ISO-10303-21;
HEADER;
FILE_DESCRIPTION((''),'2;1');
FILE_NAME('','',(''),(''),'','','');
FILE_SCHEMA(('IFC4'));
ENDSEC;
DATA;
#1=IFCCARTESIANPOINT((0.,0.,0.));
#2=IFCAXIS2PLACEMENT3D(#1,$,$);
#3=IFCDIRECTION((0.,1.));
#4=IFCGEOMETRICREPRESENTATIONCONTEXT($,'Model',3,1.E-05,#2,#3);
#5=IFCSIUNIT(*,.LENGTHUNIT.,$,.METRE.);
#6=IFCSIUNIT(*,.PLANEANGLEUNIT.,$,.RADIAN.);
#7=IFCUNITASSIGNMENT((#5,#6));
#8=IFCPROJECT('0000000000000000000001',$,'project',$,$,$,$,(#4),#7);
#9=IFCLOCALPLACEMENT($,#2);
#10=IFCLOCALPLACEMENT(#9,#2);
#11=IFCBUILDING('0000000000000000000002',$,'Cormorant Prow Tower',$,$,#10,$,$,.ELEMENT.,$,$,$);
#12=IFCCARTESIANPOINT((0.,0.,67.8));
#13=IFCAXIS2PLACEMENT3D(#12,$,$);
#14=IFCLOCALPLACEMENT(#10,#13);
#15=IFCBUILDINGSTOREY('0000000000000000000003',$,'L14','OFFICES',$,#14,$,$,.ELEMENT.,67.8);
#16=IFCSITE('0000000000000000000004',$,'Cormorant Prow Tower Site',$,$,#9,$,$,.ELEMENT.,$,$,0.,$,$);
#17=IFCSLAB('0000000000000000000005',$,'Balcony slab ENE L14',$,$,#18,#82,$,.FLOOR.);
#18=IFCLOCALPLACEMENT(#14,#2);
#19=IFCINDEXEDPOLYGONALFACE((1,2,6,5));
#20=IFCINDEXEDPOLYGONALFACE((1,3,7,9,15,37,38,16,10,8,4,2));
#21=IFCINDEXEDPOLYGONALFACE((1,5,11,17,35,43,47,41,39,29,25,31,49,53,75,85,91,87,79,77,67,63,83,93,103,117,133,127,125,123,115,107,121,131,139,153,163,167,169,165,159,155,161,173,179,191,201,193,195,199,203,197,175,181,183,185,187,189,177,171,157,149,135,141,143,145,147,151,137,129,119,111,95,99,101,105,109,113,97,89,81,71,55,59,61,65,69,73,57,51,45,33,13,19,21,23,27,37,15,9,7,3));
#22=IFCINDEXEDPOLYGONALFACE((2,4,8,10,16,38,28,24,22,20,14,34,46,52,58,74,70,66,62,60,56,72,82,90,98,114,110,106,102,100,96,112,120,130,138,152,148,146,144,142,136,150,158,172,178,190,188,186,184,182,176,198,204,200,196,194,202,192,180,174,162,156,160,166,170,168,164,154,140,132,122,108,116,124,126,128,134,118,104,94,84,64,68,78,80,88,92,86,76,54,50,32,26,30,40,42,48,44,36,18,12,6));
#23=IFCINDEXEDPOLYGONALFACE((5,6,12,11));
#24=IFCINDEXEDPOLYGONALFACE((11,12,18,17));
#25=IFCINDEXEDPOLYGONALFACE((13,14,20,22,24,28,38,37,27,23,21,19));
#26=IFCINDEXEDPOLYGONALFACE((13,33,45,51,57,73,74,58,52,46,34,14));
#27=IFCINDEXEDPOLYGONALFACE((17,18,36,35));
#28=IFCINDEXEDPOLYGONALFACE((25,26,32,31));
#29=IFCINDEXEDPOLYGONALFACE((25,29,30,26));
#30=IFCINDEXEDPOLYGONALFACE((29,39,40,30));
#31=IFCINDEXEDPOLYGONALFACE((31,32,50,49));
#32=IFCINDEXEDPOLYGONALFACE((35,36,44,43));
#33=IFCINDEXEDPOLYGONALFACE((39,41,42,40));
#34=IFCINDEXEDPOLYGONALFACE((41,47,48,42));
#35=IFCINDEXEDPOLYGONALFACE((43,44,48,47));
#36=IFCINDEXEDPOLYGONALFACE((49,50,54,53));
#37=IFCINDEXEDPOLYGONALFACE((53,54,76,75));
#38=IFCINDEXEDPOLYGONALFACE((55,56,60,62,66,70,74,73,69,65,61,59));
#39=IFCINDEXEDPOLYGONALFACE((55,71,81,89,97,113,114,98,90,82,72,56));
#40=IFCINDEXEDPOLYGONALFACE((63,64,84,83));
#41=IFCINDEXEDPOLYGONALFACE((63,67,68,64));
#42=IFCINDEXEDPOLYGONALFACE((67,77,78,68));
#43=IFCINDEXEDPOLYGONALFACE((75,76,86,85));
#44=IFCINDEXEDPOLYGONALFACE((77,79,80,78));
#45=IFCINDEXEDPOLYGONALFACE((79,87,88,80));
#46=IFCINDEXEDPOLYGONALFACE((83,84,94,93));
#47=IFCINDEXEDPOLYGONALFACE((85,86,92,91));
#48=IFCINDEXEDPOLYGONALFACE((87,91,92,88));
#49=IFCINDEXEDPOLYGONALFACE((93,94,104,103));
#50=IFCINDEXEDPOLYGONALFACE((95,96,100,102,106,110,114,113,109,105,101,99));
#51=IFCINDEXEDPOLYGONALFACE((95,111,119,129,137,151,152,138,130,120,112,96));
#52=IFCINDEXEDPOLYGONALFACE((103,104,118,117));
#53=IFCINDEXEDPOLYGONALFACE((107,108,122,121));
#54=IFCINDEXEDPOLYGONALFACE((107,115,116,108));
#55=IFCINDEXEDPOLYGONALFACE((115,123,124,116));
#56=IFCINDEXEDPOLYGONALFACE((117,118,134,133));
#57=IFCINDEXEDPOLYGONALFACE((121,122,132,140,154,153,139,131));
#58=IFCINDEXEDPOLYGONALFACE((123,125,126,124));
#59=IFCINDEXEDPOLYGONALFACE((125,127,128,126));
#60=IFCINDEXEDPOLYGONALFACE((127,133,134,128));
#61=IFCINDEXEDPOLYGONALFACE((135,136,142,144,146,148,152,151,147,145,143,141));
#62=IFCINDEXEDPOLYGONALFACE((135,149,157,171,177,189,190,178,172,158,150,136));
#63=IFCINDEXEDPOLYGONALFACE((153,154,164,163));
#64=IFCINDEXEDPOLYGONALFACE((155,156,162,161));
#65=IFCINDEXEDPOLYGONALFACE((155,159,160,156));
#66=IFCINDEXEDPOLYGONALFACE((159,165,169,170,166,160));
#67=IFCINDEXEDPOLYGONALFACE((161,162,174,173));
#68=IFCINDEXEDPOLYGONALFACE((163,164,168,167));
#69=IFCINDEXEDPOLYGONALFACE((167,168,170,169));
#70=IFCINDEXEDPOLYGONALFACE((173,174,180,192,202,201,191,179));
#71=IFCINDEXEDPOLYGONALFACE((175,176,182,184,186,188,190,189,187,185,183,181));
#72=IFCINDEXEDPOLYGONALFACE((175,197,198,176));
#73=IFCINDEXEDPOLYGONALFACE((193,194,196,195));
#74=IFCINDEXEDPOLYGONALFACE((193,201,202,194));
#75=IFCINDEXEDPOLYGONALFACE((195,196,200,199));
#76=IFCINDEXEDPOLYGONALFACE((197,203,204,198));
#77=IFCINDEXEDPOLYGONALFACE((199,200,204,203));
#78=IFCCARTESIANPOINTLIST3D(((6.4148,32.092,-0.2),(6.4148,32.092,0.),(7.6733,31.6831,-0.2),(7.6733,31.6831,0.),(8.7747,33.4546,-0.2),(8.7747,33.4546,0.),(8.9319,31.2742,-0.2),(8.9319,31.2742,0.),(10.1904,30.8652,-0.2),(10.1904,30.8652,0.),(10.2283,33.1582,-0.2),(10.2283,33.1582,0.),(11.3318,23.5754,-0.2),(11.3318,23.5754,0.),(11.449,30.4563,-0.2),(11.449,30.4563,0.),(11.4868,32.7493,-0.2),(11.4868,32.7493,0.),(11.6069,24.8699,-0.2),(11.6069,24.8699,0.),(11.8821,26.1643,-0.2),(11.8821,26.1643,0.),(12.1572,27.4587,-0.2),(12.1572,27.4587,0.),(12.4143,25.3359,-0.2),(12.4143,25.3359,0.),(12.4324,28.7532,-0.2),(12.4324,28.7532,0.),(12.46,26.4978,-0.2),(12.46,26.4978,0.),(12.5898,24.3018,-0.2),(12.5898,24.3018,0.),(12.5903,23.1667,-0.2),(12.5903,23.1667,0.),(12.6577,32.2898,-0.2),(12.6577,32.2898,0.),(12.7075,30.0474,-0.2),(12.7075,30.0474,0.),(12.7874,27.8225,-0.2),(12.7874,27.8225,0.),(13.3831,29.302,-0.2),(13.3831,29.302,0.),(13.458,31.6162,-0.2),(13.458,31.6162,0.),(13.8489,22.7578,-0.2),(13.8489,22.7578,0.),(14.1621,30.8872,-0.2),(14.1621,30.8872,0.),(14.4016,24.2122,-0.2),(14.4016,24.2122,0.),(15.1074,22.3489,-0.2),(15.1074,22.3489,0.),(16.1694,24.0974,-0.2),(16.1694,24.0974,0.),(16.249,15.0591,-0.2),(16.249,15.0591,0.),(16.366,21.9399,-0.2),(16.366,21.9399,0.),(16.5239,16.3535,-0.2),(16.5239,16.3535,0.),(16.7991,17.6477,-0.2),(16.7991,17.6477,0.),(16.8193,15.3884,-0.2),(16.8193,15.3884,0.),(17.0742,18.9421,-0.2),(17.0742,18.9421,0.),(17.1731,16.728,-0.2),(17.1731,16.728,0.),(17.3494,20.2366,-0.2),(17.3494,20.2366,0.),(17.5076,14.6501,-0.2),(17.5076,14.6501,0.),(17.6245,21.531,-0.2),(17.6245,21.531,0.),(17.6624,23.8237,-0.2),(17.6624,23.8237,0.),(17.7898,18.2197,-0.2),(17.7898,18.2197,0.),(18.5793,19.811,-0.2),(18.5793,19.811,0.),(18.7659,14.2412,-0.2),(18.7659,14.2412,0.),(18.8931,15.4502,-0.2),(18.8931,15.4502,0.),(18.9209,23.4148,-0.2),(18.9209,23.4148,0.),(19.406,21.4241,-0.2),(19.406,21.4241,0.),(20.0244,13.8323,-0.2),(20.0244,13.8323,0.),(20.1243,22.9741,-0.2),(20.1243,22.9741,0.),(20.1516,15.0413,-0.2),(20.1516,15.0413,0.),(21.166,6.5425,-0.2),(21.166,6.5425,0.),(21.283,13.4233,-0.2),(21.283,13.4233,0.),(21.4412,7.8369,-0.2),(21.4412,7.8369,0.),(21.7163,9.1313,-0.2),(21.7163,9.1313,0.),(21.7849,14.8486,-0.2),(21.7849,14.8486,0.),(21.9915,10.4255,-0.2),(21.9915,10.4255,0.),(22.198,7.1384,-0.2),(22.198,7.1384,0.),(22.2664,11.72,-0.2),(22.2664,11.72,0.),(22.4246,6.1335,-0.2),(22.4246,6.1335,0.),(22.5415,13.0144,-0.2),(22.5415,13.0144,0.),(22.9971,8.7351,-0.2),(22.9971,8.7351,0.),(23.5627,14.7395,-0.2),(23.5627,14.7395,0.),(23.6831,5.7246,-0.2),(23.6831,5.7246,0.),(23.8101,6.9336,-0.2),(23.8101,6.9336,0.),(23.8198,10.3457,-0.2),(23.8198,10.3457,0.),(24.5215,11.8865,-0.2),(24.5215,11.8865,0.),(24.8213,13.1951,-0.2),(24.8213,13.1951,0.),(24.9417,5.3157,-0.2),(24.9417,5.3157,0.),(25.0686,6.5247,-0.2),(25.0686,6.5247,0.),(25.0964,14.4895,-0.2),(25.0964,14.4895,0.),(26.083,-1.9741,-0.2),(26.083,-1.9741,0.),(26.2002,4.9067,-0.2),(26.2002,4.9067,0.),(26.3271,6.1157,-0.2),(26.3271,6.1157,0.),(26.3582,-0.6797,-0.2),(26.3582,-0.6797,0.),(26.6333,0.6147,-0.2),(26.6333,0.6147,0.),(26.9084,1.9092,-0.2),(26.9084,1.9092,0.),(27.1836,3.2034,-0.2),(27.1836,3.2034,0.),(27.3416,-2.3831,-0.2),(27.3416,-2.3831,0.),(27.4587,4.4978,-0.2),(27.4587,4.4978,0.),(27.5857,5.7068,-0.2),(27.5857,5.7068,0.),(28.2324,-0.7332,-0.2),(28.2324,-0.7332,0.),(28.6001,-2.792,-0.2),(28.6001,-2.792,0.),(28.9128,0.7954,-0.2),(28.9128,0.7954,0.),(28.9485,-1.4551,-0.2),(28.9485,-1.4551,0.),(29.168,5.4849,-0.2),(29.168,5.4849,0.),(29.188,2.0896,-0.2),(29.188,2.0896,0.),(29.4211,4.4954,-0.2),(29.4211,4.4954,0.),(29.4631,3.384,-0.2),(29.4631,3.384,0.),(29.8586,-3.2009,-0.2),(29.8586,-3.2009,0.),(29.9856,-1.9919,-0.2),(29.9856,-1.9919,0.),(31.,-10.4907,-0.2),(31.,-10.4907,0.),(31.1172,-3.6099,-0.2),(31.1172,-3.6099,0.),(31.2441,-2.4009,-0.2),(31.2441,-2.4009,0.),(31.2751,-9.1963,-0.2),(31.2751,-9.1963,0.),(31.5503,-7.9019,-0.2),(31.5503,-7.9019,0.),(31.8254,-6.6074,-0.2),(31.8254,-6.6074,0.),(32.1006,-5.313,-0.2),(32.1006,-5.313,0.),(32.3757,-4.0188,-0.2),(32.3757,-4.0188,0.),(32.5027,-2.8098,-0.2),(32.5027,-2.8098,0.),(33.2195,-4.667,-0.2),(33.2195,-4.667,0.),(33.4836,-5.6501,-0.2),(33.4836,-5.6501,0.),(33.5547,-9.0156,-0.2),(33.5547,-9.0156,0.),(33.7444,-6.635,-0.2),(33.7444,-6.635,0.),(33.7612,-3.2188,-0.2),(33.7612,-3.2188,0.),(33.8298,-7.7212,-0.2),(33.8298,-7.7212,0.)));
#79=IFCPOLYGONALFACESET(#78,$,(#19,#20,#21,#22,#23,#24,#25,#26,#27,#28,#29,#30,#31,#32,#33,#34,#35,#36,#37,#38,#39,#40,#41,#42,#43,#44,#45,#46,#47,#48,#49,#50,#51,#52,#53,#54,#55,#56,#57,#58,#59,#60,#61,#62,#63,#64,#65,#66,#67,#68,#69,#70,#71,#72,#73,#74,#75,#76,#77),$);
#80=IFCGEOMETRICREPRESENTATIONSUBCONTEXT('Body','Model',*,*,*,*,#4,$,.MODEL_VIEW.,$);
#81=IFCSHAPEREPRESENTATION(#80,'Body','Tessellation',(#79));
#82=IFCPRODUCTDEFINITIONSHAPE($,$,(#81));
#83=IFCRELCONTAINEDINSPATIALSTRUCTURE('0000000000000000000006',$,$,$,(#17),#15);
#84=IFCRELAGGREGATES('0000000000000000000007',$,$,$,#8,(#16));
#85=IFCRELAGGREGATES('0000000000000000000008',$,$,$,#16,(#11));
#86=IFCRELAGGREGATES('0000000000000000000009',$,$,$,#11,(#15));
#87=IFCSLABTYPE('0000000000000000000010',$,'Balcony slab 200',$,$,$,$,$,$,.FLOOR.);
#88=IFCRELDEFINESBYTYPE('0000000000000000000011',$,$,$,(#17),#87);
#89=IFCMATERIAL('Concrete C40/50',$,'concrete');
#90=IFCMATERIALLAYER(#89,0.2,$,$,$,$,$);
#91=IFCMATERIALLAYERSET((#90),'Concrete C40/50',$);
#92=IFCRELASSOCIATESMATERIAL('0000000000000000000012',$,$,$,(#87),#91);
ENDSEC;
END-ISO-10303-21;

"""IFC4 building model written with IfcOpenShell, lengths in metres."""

from ifc_helpers import new_model, si_unit, direction, frame, origin, place, context, subcontext, project, spatial, polyline, outline, extrude, material, layer, layer_set, type_object, element, save


model = new_model("IFC4")

# Units and contexts
model_context = context("Model", 3, precision=1e-05, world=origin(), true_north=direction((0.0, 1.0)))
body_context = subcontext(model_context, "Body", "Model", "MODEL_VIEW")
ifc_project = project(units=[si_unit("LENGTHUNIT", "METRE"), si_unit("PLANEANGLEUNIT", "RADIAN")], contexts=[model_context])

# Site, building, storey
site_placement = place(None, origin())
site = spatial("IfcSite", under=ifc_project, at=site_placement, Name="Cormorant Prow Tower Site", CompositionType="ELEMENT", RefElevation=0.0)
building_placement = place(site_placement, origin())
building = spatial("IfcBuilding", under=site, at=building_placement, Name="Cormorant Prow Tower", CompositionType="ELEMENT")
storey_placement = place(building_placement, frame((0.0, 0.0, 67.8)))
storey = spatial("IfcBuildingStorey", under=building, at=storey_placement, Name="L14", Description="OFFICES", CompositionType="ELEMENT", Elevation=67.8)

# Slab
ifc_material_1 = material(Name="Concrete C40/50", Category="concrete")
ifc_layer_1 = layer(ifc_material_1, 0.2)
ifc_layer_set_1 = layer_set([ifc_layer_1], Name="Concrete C40/50")
slab_type_1 = type_object("IfcSlabType", Name="Balcony slab 200", PredefinedType="FLOOR", material=ifc_layer_set_1)
slab_1_placement = place(storey_placement, frame((0.0, 0.0, -0.2)))
element("IfcSlab", 1, at=slab_1_placement, inside=storey, type_object=slab_type_1, Name="Balcony slab ENE L14", PredefinedType="FLOOR", context=body_context, shape_type="SweptSolid", body=[
    extrude(outline(polyline([(31.0, -10.4907), (33.5547, -9.0156), (33.8298, -7.7212), (33.7444, -6.635), (33.4836, -5.6501), (33.2195, -4.667), (33.7612, -3.2188), (32.5027, -2.8098), (31.2441, -2.4009), (29.9856, -1.9919), (28.9485, -1.4551), (28.2324, -0.7332), (28.9128, 0.7954), (29.188, 2.0896), (29.4631, 3.384), (29.4211, 4.4954), (29.168, 5.4849), (27.5857, 5.7068), (26.3271, 6.1157), (25.0686, 6.5247), (23.8101, 6.9336), (22.198, 7.1384), (22.9971, 8.7351), (23.8198, 10.3457), (24.5215, 11.8865), (24.8213, 13.1951), (25.0964, 14.4895), (23.5627, 14.7395), (21.7849, 14.8486), (20.1516, 15.0413), (18.8931, 15.4502), (16.8193, 15.3884), (17.1731, 16.728), (17.7898, 18.2197), (18.5793, 19.811), (19.406, 21.4241), (20.1243, 22.9741), (18.9209, 23.4148), (17.6624, 23.8237), (16.1694, 24.0974), (14.4016, 24.2122), (12.5898, 24.3018), (12.4143, 25.3359), (12.46, 26.4978), (12.7874, 27.8225), (13.3831, 29.302), (14.1621, 30.8872), (13.458, 31.6162), (12.6577, 32.2898), (11.4868, 32.7493), (10.2283, 33.1582), (8.7747, 33.4546), (6.4148, 32.092), (7.6733, 31.6831), (8.9319, 31.2742), (10.1904, 30.8652), (11.449, 30.4563), (12.7075, 30.0474), (12.4324, 28.7532), (12.1572, 27.4587), (11.8821, 26.1643), (11.6069, 24.8699), (11.3318, 23.5754), (12.5903, 23.1667), (13.8489, 22.7578), (15.1074, 22.3489), (16.366, 21.9399), (17.6245, 21.531), (17.3494, 20.2366), (17.0742, 18.9421), (16.7991, 17.6477), (16.5239, 16.3535), (16.249, 15.0591), (17.5076, 14.6501), (18.7659, 14.2412), (20.0244, 13.8323), (21.283, 13.4233), (22.5415, 13.0144), (22.2664, 11.72), (21.9915, 10.4255), (21.7163, 9.1313), (21.4412, 7.8369), (21.166, 6.5425), (22.4246, 6.1335), (23.6831, 5.7246), (24.9417, 5.3157), (26.2002, 4.9067), (27.4587, 4.4978), (27.1836, 3.2034), (26.9084, 1.9092), (26.6333, 0.6147), (26.3582, -0.6797), (26.083, -1.9741), (27.3416, -2.3831), (28.6001, -2.792), (29.8586, -3.2009), (31.1172, -3.6099), (32.3757, -4.0188), (32.1006, -5.313), (31.8254, -6.6074), (31.5503, -7.9019), (31.2751, -9.1963), (31.0, -10.4907)])), origin(), (0.0, 0.0, 1.0), 0.2),
])

save(model, "model.ifc")
